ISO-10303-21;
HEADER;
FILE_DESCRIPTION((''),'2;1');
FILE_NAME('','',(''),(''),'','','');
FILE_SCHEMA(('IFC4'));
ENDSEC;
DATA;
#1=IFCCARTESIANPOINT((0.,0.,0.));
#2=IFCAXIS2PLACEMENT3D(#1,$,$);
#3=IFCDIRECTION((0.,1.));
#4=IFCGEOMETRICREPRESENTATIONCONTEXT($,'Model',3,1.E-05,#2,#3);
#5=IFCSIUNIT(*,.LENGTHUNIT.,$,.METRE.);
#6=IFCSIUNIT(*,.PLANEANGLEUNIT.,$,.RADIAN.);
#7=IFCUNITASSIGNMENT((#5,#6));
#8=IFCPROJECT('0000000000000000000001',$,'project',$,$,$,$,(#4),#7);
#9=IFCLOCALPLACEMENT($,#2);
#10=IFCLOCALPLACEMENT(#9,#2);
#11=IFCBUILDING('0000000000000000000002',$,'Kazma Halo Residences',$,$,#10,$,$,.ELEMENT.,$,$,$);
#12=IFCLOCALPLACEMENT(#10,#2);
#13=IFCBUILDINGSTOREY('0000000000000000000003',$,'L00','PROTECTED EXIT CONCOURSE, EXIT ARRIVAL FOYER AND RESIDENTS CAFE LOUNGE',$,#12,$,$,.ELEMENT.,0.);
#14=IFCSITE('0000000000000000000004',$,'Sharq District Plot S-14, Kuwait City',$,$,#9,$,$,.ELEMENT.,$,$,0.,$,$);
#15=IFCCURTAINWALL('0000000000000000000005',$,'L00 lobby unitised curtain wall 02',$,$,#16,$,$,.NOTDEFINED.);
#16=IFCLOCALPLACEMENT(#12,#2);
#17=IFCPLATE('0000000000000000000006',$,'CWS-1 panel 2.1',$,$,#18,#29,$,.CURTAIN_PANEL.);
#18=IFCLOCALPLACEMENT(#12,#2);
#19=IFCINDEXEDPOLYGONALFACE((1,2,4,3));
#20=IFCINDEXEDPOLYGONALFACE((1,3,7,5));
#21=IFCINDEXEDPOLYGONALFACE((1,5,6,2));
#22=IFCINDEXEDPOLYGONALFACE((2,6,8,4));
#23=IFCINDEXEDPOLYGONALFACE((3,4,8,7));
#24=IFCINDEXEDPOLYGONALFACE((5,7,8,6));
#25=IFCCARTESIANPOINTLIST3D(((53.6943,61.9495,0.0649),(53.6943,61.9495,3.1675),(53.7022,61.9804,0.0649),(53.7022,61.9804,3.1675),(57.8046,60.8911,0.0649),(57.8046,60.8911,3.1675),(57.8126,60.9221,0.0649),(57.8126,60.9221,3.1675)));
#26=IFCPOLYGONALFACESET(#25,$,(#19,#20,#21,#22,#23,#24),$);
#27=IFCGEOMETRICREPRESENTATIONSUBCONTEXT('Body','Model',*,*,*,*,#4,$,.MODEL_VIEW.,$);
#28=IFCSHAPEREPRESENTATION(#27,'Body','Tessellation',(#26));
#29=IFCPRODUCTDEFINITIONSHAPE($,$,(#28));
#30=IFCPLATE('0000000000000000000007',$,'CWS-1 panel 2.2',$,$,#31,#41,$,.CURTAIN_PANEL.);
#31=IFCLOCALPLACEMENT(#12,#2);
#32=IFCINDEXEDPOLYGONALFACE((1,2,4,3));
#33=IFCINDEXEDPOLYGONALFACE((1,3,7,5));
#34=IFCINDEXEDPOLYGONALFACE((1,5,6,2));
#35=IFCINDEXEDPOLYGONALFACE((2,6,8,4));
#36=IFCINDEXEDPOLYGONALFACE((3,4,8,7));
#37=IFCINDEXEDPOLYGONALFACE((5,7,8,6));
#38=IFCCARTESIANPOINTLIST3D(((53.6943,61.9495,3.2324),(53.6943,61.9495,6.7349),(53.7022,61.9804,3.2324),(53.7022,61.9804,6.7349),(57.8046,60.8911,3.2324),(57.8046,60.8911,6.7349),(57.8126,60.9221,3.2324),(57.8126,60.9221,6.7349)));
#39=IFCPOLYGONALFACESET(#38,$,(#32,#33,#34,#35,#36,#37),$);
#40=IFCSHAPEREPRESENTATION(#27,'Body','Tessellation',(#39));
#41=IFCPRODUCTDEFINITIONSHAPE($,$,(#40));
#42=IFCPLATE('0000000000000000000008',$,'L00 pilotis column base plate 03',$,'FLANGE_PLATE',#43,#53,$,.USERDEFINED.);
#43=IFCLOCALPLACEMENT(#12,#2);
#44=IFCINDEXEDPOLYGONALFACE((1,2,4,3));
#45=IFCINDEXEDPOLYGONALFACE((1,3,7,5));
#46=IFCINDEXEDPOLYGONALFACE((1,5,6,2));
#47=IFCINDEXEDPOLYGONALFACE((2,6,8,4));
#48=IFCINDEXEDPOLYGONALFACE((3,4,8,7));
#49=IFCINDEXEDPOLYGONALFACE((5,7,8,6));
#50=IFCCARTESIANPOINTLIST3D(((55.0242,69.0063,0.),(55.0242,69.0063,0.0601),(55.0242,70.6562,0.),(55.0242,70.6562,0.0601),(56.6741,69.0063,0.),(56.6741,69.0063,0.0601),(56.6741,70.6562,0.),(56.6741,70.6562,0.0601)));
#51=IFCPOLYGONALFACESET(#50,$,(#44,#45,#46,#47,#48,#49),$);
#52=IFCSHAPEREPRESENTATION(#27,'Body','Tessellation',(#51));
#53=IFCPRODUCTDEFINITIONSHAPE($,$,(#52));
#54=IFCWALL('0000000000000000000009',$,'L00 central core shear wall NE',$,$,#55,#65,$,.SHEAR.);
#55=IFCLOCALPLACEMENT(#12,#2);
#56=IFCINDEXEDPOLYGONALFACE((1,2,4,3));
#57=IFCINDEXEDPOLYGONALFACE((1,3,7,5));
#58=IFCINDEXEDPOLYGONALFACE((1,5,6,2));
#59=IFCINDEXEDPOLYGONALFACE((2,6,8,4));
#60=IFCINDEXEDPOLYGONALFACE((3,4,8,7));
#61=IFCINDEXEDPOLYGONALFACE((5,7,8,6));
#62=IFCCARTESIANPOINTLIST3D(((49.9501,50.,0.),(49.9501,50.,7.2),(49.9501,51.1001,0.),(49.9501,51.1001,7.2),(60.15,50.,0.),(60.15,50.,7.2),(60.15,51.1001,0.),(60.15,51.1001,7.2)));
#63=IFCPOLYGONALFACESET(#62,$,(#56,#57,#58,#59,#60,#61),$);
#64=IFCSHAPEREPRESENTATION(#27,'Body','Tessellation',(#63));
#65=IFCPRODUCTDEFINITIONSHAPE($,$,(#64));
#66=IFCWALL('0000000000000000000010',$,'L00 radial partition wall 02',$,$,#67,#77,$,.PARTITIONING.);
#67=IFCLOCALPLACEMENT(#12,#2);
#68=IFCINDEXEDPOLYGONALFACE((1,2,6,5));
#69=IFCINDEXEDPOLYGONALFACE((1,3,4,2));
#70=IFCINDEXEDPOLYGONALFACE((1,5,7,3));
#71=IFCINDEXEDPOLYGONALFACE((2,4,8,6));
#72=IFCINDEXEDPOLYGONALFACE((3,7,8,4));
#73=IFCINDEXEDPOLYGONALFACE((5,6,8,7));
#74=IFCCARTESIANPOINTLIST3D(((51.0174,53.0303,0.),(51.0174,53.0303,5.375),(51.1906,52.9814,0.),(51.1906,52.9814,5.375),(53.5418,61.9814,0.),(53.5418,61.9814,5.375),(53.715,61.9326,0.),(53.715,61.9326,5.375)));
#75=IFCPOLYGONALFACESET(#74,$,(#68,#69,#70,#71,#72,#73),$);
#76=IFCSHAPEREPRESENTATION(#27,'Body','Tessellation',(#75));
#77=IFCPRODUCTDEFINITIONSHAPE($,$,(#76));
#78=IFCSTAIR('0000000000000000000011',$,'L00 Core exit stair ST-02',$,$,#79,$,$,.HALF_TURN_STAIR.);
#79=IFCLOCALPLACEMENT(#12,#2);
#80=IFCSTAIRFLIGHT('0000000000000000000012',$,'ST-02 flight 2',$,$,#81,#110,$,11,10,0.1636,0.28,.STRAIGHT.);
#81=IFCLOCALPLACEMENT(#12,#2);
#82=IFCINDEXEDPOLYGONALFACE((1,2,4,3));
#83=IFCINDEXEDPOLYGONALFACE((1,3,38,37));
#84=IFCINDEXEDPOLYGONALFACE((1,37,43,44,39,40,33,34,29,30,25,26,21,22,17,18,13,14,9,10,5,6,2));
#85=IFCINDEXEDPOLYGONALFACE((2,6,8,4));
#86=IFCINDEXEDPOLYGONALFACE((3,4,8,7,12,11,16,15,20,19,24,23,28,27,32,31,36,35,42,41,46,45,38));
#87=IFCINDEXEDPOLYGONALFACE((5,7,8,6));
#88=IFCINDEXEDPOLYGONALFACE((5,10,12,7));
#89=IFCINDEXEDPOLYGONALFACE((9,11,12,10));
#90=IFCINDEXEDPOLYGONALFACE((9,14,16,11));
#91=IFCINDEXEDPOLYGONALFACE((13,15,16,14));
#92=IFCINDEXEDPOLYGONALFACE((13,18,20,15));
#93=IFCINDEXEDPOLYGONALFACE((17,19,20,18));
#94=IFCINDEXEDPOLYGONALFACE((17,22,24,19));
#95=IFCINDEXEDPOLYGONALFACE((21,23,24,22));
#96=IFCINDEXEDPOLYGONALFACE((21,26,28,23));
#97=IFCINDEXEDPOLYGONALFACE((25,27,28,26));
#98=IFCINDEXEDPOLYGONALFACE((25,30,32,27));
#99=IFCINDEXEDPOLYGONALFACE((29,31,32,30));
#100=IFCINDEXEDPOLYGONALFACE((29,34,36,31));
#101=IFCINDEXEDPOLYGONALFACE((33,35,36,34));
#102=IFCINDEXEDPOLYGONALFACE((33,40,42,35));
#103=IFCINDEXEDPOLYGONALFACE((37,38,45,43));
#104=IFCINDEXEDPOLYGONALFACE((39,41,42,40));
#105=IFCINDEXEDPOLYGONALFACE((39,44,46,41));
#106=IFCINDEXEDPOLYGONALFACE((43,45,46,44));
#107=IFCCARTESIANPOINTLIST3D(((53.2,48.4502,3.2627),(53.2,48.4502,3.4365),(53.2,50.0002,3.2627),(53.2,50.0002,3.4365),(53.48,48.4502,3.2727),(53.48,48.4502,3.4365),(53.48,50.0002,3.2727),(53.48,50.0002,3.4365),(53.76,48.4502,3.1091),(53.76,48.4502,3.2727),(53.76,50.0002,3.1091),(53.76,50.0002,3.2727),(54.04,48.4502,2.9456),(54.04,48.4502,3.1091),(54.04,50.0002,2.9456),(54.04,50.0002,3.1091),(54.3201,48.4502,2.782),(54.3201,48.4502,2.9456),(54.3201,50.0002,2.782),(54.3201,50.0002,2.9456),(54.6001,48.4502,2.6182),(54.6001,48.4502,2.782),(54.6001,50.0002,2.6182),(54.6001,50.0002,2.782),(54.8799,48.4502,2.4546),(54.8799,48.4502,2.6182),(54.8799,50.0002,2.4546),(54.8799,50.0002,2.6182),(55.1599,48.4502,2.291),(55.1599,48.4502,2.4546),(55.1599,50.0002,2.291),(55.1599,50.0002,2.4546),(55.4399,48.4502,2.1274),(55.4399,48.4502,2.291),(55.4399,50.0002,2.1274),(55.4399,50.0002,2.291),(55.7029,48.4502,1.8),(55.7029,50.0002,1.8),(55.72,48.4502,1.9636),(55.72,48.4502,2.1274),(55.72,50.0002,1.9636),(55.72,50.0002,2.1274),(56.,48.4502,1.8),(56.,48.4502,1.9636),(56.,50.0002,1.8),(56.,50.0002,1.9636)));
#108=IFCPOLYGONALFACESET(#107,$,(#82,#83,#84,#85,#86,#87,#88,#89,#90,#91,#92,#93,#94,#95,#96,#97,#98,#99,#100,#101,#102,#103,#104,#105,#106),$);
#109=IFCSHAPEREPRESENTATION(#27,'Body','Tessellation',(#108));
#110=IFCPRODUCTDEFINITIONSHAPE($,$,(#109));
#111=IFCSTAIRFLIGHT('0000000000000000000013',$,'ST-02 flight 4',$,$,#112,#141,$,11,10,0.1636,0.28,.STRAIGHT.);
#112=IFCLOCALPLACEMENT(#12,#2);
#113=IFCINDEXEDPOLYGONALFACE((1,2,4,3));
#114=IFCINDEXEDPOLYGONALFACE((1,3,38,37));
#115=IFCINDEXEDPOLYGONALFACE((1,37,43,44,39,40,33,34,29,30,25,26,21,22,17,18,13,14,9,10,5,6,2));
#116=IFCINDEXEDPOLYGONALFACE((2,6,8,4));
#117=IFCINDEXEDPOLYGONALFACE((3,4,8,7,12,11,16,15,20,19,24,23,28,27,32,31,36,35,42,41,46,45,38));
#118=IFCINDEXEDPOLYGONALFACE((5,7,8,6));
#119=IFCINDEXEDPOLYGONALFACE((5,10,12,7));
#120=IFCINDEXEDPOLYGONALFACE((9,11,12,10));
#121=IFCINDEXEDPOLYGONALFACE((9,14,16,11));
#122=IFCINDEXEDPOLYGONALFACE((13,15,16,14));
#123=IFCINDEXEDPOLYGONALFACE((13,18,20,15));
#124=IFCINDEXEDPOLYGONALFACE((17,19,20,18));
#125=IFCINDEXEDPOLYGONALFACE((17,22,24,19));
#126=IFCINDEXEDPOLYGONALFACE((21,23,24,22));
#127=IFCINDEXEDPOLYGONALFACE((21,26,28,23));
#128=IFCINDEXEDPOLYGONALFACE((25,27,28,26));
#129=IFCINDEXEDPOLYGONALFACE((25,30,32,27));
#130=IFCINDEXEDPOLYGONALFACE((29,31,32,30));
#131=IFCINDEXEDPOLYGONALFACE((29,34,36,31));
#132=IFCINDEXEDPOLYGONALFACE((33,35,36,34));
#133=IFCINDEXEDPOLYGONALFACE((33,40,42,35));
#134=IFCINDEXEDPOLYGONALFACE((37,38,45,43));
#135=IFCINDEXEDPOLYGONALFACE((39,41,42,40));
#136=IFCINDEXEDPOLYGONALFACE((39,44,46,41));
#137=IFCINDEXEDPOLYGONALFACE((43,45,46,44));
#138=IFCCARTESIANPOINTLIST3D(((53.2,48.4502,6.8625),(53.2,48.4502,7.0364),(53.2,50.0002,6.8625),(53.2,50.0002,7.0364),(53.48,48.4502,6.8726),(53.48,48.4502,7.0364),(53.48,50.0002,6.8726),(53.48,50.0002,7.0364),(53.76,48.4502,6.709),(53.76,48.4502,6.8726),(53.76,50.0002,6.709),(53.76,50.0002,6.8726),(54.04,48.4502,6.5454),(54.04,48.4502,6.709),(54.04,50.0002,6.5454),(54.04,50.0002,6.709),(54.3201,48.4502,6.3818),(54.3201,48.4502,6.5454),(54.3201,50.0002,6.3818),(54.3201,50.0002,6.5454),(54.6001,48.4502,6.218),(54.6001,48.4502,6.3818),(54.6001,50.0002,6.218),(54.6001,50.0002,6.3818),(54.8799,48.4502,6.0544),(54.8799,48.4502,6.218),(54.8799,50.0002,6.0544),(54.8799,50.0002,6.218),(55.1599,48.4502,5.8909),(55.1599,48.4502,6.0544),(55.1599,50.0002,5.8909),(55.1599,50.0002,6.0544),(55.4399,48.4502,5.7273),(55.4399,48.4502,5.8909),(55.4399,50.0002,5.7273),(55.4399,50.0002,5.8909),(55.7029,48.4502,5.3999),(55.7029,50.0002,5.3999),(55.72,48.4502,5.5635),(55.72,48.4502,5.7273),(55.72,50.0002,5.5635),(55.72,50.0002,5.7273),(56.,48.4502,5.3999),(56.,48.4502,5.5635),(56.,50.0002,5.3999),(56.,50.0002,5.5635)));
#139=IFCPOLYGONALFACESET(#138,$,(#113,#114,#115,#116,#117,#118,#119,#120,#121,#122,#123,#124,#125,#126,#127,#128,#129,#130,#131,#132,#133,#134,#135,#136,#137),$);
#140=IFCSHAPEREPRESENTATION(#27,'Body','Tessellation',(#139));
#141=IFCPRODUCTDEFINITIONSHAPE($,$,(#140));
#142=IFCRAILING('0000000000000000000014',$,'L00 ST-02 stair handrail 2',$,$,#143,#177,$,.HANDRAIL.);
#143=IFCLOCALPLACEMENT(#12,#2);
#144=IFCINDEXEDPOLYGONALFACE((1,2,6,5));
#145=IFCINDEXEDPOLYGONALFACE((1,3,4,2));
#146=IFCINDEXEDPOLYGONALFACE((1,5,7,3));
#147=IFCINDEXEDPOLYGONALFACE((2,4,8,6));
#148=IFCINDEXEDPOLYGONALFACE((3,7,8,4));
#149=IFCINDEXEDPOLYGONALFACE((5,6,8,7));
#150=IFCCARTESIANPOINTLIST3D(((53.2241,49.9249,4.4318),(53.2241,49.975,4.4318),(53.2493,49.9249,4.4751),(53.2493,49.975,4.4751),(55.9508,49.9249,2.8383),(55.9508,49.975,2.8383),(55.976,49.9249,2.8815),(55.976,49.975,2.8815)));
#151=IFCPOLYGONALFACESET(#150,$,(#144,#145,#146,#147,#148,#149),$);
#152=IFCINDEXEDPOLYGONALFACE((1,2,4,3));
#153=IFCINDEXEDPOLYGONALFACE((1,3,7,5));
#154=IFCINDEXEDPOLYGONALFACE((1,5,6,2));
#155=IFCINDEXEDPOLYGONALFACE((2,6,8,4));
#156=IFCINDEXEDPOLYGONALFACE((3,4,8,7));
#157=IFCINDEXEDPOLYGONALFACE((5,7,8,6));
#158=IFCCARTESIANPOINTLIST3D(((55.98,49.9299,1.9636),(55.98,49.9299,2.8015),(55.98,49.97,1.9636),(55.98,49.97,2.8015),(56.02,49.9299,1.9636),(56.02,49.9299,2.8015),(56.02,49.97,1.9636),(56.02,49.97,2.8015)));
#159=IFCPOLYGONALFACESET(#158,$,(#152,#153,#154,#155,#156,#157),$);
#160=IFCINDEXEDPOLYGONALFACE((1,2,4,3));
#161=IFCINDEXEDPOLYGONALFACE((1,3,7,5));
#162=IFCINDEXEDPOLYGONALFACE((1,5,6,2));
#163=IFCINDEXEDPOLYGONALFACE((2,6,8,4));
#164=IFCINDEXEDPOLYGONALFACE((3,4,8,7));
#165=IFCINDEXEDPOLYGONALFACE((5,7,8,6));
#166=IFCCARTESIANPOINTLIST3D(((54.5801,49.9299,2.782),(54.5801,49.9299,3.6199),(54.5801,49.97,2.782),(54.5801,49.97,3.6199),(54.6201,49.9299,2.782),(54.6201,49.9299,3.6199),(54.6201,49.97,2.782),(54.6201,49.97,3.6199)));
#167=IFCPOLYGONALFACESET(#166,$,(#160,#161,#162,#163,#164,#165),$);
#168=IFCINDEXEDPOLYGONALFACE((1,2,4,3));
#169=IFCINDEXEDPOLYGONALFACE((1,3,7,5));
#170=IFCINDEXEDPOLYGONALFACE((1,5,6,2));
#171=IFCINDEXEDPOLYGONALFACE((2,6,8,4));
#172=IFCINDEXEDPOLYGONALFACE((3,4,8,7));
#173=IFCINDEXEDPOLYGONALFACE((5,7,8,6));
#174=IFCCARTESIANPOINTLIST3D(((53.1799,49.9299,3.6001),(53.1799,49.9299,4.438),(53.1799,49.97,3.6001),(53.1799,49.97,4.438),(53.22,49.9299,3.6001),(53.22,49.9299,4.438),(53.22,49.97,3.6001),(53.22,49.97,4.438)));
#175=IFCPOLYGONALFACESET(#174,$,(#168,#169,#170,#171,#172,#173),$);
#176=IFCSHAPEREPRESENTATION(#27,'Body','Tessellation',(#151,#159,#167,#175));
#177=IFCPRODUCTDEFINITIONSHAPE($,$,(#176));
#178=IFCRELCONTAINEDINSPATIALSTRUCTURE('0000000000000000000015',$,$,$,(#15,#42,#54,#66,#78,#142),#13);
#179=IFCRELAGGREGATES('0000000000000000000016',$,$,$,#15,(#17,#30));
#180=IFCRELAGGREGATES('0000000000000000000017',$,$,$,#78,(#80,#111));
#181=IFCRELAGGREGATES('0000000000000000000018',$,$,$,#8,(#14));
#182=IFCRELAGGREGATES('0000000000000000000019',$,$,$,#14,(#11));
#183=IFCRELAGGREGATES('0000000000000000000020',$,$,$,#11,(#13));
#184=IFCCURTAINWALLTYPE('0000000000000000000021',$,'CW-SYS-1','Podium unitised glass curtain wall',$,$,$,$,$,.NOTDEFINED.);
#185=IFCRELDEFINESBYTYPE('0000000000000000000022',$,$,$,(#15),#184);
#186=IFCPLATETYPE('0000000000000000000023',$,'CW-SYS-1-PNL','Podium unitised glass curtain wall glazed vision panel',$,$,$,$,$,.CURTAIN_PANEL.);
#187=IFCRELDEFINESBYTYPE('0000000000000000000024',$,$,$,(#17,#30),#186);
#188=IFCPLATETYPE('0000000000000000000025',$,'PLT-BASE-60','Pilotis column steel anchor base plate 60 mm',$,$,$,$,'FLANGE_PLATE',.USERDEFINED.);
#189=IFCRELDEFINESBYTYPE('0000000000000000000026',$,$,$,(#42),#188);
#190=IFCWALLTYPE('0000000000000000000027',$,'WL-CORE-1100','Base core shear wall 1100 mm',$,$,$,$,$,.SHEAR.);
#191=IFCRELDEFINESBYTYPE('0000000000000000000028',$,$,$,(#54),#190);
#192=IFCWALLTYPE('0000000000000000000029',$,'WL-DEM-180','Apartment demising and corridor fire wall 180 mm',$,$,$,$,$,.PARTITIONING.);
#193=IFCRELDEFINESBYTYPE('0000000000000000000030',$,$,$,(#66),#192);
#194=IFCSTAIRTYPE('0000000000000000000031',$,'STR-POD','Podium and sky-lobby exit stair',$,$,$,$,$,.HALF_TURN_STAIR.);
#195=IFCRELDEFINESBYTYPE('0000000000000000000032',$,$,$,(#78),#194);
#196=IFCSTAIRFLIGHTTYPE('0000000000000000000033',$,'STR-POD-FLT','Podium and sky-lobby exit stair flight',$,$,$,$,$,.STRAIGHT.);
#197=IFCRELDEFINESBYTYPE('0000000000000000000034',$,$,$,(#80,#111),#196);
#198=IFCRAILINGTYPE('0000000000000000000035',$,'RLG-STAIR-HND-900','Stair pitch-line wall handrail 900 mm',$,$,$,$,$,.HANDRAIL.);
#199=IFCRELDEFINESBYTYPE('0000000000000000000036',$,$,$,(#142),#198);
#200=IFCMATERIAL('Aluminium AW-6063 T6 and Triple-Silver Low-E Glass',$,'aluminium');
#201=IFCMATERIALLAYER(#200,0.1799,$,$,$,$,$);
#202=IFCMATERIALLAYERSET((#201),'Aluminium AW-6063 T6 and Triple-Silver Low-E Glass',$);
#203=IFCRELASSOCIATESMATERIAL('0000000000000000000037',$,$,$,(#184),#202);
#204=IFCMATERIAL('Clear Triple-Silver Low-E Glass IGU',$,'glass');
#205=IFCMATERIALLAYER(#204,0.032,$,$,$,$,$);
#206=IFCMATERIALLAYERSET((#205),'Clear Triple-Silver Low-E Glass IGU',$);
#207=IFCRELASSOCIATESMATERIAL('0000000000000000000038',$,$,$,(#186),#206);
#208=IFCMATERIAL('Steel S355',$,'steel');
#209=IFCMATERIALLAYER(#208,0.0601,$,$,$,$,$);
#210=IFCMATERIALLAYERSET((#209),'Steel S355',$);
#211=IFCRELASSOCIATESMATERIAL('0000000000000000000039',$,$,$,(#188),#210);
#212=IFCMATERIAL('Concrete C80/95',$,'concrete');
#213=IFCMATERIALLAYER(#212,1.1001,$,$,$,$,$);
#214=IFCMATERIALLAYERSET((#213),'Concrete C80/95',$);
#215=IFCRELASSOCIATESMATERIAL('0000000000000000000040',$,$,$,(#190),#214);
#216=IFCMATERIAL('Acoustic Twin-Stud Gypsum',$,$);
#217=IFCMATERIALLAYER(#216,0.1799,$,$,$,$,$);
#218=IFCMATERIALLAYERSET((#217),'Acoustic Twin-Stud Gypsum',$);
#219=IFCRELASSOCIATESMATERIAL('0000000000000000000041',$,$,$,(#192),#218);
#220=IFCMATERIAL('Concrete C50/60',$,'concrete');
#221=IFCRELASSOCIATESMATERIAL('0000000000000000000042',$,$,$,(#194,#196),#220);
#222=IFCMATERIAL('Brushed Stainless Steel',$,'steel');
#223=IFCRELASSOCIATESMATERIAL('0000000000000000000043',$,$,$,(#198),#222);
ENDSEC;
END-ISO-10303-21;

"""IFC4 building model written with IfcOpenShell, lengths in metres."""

from ifc_helpers import new_model, si_unit, direction, frame, frame_2d, origin, origin_2d, place, context, subcontext, project, spatial, polyline, rectangle, outline, extrude, material, layer, layer_set, type_object, element, aggregate, save


model = new_model("IFC4")

# Units and contexts
model_context = context("Model", 3, precision=1e-05, world=origin(), true_north=direction((0.0, 1.0)))
body_context = subcontext(model_context, "Body", "Model", "MODEL_VIEW")
ifc_project = project(units=[si_unit("LENGTHUNIT", "METRE"), si_unit("PLANEANGLEUNIT", "RADIAN")], contexts=[model_context])

# Site, building, storey
site_placement = place(None, origin())
site = spatial("IfcSite", under=ifc_project, at=site_placement, Name="Sharq District Plot S-14, Kuwait City", CompositionType="ELEMENT", RefElevation=0.0)
building_placement = place(site_placement, origin())
building = spatial("IfcBuilding", under=site, at=building_placement, Name="Kazma Halo Residences", CompositionType="ELEMENT")
storey_placement = place(building_placement, origin())
storey = spatial("IfcBuildingStorey", under=building, at=storey_placement, Name="L00", Description="PROTECTED EXIT CONCOURSE, EXIT ARRIVAL FOYER AND RESIDENTS CAFE LOUNGE", CompositionType="ELEMENT", Elevation=0.0)

# Shared definitions
ifc_material_1 = material(Name="Concrete C80/95", Category="concrete")

# Shared definitions
ifc_material_2 = material(Name="Steel S355", Category="steel")

# Curtain wall, plates
ifc_material_3 = material(Name="Aluminium AW-6063 T6 and Triple-Silver Low-E Glass", Category="aluminium")
ifc_layer_1 = layer(ifc_material_3, 0.1799)
ifc_layer_set_1 = layer_set([ifc_layer_1], Name="Aluminium AW-6063 T6 and Triple-Silver Low-E Glass")
curtain_wall_type = type_object("IfcCurtainWallType", Name="CW-SYS-1", Description="Podium unitised glass curtain wall", PredefinedType="NOTDEFINED", material=ifc_layer_set_1)
curtain_wall_placement = place(storey_placement, origin())
curtain_wall = element("IfcCurtainWall", 1, at=curtain_wall_placement, inside=storey, type_object=curtain_wall_type, Name="L00 lobby unitised curtain wall 02", PredefinedType="NOTDEFINED")
ifc_material_4 = material(Name="Clear Triple-Silver Low-E Glass IGU", Category="glass")
ifc_layer_2 = layer(ifc_material_4, 0.032)
ifc_layer_set_2 = layer_set([ifc_layer_2], Name="Clear Triple-Silver Low-E Glass IGU")
plate_type_1 = type_object("IfcPlateType", Name="CW-SYS-1-PNL", Description="Podium unitised glass curtain wall glazed vision panel", PredefinedType="CURTAIN_PANEL", material=ifc_layer_set_2)
plate_1_placement = place(storey_placement, frame((55.7534, 61.4358, 0.0649), z_axis=(0.0, 0.0, 1.0), x_axis=(-0.968414, 0.249347, 0.0)))
plate_1 = element("IfcPlate", 2, at=plate_1_placement, type_object=plate_type_1, Name="CWS-1 panel 2.1", PredefinedType="CURTAIN_PANEL", context=body_context, shape_type="SweptSolid", body=[
    extrude(rectangle(XDim=4.2444, YDim=0.032, at=origin_2d()), origin(), (0.0, 0.0, 1.0), 3.1025),
])
plate_2_placement = place(storey_placement, frame((55.7534, 61.4358, 3.2324), z_axis=(0.0, 0.0, 1.0), x_axis=(-0.968414, 0.249347, 0.0)))
plate_2 = element("IfcPlate", 3, at=plate_2_placement, type_object=plate_type_1, Name="CWS-1 panel 2.2", PredefinedType="CURTAIN_PANEL", context=body_context, shape_type="SweptSolid", body=[
    extrude(rectangle(XDim=4.2444, YDim=0.032, at=origin_2d()), origin(), (0.0, 0.0, 1.0), 3.5024),
])
aggregate(curtain_wall, [plate_1, plate_2])

# Plate
ifc_layer_3 = layer(ifc_material_2, 0.0601)
ifc_layer_set_3 = layer_set([ifc_layer_3], Name="Steel S355")
plate_type_2 = type_object("IfcPlateType", Name="PLT-BASE-60", Description="Pilotis column steel anchor base plate 60 mm", ElementType="FLANGE_PLATE", PredefinedType="USERDEFINED", material=ifc_layer_set_3)
plate_3_placement = place(storey_placement, frame((55.8491, 69.8313, 0.0), z_axis=(0.0, 0.0, 1.0), x_axis=(1.0, 0.0, 0.0)))
element("IfcPlate", 4, at=plate_3_placement, inside=storey, type_object=plate_type_2, Name="L00 pilotis column base plate 03", ObjectType="FLANGE_PLATE", PredefinedType="USERDEFINED", context=body_context, shape_type="SweptSolid", body=[
    extrude(rectangle(XDim=1.6499, YDim=1.6499, at=origin_2d()), origin(), (0.0, 0.0, 1.0), 0.0601),
])

# Wall
ifc_layer_4 = layer(ifc_material_1, 1.1001)
ifc_layer_set_4 = layer_set([ifc_layer_4], Name="Concrete C80/95")
wall_type_1 = type_object("IfcWallType", Name="WL-CORE-1100", Description="Base core shear wall 1100 mm", PredefinedType="SHEAR", material=ifc_layer_set_4)
wall_1_placement = place(storey_placement, frame((49.95, 50.55, 0.0), z_axis=(0.0, 0.0, 1.0), x_axis=(1.0, 0.0, 0.0)))
element("IfcWall", 5, at=wall_1_placement, inside=storey, type_object=wall_type_1, Name="L00 central core shear wall NE", PredefinedType="SHEAR", context=body_context, shape_type="SweptSolid", body=[
    extrude(rectangle(XDim=10.2, YDim=1.1001, at=frame_2d((5.1001, 0.0))), origin(), (0.0, 0.0, 1.0), 7.2),
])

# Shared definitions
ifc_material_5 = material(Name="Acoustic Twin-Stud Gypsum")
ifc_layer_5 = layer(ifc_material_5, 0.1799)
ifc_layer_set_5 = layer_set([ifc_layer_5], Name="Acoustic Twin-Stud Gypsum")
wall_type_2 = type_object("IfcWallType", Name="WL-DEM-180", Description="Apartment demising and corridor fire wall 180 mm", PredefinedType="PARTITIONING", material=ifc_layer_set_5)

# Wall
wall_2_placement = place(storey_placement, frame((51.104, 53.0059, 0.0), z_axis=(0.0, 0.0, 1.0), x_axis=(0.271433, 0.962457, 0.0)))
element("IfcWall", 6, at=wall_2_placement, inside=storey, type_object=wall_type_2, Name="L00 radial partition wall 02", PredefinedType="PARTITIONING", context=body_context, shape_type="SweptSolid", body=[
    extrude(rectangle(XDim=9.3003, YDim=0.1799, at=frame_2d((4.6501, 0.0))), origin(), (0.0, 0.0, 1.0), 5.375),
])

# Stair, stair flights
ifc_material_6 = material(Name="Concrete C50/60", Category="concrete")
stair_type = type_object("IfcStairType", Name="STR-POD", Description="Podium and sky-lobby exit stair", PredefinedType="HALF_TURN_STAIR", material=ifc_material_6)
stair_placement = place(storey_placement, origin())
stair = element("IfcStair", 7, at=stair_placement, inside=storey, type_object=stair_type, Name="L00 Core exit stair ST-02", PredefinedType="HALF_TURN_STAIR")
stair_flight_type = type_object("IfcStairFlightType", Name="STR-POD-FLT", Description="Podium and sky-lobby exit stair flight", PredefinedType="STRAIGHT", material=ifc_material_6)
stair_flight_1_placement = place(storey_placement, frame((56.0, 49.2251, 1.8), z_axis=(0.0, 0.0, 1.0), x_axis=(-1.0, 0.0, 0.0)))
stair_flight_1 = element("IfcStairFlight", 8, at=stair_flight_1_placement, type_object=stair_flight_type, Name="ST-02 flight 2", NumberOfRisers=11, NumberOfTreads=10, PredefinedType="STRAIGHT", RiserHeight=0.1636, TreadLength=0.28, context=body_context, shape_type="SweptSolid", body=[
    extrude(outline(polyline([(0.0, 0.0), (0.0, 0.1636), (0.28, 0.1636), (0.28, 0.3274), (0.5601, 0.3274), (0.5601, 0.491), (0.8401, 0.491), (0.8401, 0.6545), (1.1201, 0.6545), (1.1201, 0.8181), (1.3999, 0.8181), (1.3999, 0.9819), (1.6799, 0.9819), (1.6799, 1.1455), (1.96, 1.1455), (1.96, 1.3091), (2.24, 1.3091), (2.24, 1.4727), (2.52, 1.4727), (2.52, 1.6365), (2.8, 1.6365), (2.8, 1.8), (2.8, 1.4626), (0.2971, 0.0), (0.0, 0.0)])), frame((0.0, 0.7749, 0.0), z_axis=(0.0, -1.0, 0.0), x_axis=(1.0, 0.0, 0.0)), (0.0, 0.0, 1.0), 1.55),
])
stair_flight_2_placement = place(storey_placement, frame((56.0, 49.2251, 5.3999), z_axis=(0.0, 0.0, 1.0), x_axis=(-1.0, 0.0, 0.0)))
stair_flight_2 = element("IfcStairFlight", 9, at=stair_flight_2_placement, type_object=stair_flight_type, Name="ST-02 flight 4", NumberOfRisers=11, NumberOfTreads=10, PredefinedType="STRAIGHT", RiserHeight=0.1636, TreadLength=0.28, context=body_context, shape_type="SweptSolid", body=[
    extrude(outline(polyline([(0.0, 0.0), (0.0, 0.1636), (0.28, 0.1636), (0.28, 0.3274), (0.5601, 0.3274), (0.5601, 0.491), (0.8401, 0.491), (0.8401, 0.6545), (1.1201, 0.6545), (1.1201, 0.8181), (1.3999, 0.8181), (1.3999, 0.9819), (1.6799, 0.9819), (1.6799, 1.1455), (1.96, 1.1455), (1.96, 1.3091), (2.24, 1.3091), (2.24, 1.4727), (2.52, 1.4727), (2.52, 1.6365), (2.8, 1.6365), (2.8, 1.8), (2.8, 1.4626), (0.2971, 0.0), (0.0, 0.0)])), frame((0.0, 0.7749, 0.0), z_axis=(0.0, -1.0, 0.0), x_axis=(1.0, 0.0, 0.0)), (0.0, 0.0, 1.0), 1.55),
])
aggregate(stair, [stair_flight_1, stair_flight_2])

# Railing
ifc_material_7 = material(Name="Brushed Stainless Steel", Category="steel")
railing_type = type_object("IfcRailingType", Name="RLG-STAIR-HND-900", Description="Stair pitch-line wall handrail 900 mm", PredefinedType="HANDRAIL", material=ifc_material_7)
railing_1_placement = place(storey_placement, frame((56.0, 49.95, 1.9636)))
element("IfcRailing", 10, at=railing_1_placement, inside=storey, type_object=railing_type, Name="L00 ST-02 stair handrail 2", PredefinedType="HANDRAIL", context=body_context, shape_type="SweptSolid", body=[
    extrude(rectangle(XDim=0.05, YDim=0.05, at=origin_2d()), frame((-0.0366, 0.0, 0.8962), z_axis=(-0.863361, 0.0, 0.504587), x_axis=(0.0, -1.0, 0.0)), (0.0, 0.0, 1.0), 3.1582),
    extrude(rectangle(XDim=0.04, YDim=0.04, at=origin_2d()), origin(), (0.0, 0.0, 1.0), 0.8379),
    extrude(rectangle(XDim=0.04, YDim=0.04, at=origin_2d()), frame((-1.3999, 0.0, 0.8184)), (0.0, 0.0, 1.0), 0.8379),
    extrude(rectangle(XDim=0.04, YDim=0.04, at=origin_2d()), frame((-2.8, 0.0, 1.6365)), (0.0, 0.0, 1.0), 0.8379),
])

save(model, "model.ifc")
